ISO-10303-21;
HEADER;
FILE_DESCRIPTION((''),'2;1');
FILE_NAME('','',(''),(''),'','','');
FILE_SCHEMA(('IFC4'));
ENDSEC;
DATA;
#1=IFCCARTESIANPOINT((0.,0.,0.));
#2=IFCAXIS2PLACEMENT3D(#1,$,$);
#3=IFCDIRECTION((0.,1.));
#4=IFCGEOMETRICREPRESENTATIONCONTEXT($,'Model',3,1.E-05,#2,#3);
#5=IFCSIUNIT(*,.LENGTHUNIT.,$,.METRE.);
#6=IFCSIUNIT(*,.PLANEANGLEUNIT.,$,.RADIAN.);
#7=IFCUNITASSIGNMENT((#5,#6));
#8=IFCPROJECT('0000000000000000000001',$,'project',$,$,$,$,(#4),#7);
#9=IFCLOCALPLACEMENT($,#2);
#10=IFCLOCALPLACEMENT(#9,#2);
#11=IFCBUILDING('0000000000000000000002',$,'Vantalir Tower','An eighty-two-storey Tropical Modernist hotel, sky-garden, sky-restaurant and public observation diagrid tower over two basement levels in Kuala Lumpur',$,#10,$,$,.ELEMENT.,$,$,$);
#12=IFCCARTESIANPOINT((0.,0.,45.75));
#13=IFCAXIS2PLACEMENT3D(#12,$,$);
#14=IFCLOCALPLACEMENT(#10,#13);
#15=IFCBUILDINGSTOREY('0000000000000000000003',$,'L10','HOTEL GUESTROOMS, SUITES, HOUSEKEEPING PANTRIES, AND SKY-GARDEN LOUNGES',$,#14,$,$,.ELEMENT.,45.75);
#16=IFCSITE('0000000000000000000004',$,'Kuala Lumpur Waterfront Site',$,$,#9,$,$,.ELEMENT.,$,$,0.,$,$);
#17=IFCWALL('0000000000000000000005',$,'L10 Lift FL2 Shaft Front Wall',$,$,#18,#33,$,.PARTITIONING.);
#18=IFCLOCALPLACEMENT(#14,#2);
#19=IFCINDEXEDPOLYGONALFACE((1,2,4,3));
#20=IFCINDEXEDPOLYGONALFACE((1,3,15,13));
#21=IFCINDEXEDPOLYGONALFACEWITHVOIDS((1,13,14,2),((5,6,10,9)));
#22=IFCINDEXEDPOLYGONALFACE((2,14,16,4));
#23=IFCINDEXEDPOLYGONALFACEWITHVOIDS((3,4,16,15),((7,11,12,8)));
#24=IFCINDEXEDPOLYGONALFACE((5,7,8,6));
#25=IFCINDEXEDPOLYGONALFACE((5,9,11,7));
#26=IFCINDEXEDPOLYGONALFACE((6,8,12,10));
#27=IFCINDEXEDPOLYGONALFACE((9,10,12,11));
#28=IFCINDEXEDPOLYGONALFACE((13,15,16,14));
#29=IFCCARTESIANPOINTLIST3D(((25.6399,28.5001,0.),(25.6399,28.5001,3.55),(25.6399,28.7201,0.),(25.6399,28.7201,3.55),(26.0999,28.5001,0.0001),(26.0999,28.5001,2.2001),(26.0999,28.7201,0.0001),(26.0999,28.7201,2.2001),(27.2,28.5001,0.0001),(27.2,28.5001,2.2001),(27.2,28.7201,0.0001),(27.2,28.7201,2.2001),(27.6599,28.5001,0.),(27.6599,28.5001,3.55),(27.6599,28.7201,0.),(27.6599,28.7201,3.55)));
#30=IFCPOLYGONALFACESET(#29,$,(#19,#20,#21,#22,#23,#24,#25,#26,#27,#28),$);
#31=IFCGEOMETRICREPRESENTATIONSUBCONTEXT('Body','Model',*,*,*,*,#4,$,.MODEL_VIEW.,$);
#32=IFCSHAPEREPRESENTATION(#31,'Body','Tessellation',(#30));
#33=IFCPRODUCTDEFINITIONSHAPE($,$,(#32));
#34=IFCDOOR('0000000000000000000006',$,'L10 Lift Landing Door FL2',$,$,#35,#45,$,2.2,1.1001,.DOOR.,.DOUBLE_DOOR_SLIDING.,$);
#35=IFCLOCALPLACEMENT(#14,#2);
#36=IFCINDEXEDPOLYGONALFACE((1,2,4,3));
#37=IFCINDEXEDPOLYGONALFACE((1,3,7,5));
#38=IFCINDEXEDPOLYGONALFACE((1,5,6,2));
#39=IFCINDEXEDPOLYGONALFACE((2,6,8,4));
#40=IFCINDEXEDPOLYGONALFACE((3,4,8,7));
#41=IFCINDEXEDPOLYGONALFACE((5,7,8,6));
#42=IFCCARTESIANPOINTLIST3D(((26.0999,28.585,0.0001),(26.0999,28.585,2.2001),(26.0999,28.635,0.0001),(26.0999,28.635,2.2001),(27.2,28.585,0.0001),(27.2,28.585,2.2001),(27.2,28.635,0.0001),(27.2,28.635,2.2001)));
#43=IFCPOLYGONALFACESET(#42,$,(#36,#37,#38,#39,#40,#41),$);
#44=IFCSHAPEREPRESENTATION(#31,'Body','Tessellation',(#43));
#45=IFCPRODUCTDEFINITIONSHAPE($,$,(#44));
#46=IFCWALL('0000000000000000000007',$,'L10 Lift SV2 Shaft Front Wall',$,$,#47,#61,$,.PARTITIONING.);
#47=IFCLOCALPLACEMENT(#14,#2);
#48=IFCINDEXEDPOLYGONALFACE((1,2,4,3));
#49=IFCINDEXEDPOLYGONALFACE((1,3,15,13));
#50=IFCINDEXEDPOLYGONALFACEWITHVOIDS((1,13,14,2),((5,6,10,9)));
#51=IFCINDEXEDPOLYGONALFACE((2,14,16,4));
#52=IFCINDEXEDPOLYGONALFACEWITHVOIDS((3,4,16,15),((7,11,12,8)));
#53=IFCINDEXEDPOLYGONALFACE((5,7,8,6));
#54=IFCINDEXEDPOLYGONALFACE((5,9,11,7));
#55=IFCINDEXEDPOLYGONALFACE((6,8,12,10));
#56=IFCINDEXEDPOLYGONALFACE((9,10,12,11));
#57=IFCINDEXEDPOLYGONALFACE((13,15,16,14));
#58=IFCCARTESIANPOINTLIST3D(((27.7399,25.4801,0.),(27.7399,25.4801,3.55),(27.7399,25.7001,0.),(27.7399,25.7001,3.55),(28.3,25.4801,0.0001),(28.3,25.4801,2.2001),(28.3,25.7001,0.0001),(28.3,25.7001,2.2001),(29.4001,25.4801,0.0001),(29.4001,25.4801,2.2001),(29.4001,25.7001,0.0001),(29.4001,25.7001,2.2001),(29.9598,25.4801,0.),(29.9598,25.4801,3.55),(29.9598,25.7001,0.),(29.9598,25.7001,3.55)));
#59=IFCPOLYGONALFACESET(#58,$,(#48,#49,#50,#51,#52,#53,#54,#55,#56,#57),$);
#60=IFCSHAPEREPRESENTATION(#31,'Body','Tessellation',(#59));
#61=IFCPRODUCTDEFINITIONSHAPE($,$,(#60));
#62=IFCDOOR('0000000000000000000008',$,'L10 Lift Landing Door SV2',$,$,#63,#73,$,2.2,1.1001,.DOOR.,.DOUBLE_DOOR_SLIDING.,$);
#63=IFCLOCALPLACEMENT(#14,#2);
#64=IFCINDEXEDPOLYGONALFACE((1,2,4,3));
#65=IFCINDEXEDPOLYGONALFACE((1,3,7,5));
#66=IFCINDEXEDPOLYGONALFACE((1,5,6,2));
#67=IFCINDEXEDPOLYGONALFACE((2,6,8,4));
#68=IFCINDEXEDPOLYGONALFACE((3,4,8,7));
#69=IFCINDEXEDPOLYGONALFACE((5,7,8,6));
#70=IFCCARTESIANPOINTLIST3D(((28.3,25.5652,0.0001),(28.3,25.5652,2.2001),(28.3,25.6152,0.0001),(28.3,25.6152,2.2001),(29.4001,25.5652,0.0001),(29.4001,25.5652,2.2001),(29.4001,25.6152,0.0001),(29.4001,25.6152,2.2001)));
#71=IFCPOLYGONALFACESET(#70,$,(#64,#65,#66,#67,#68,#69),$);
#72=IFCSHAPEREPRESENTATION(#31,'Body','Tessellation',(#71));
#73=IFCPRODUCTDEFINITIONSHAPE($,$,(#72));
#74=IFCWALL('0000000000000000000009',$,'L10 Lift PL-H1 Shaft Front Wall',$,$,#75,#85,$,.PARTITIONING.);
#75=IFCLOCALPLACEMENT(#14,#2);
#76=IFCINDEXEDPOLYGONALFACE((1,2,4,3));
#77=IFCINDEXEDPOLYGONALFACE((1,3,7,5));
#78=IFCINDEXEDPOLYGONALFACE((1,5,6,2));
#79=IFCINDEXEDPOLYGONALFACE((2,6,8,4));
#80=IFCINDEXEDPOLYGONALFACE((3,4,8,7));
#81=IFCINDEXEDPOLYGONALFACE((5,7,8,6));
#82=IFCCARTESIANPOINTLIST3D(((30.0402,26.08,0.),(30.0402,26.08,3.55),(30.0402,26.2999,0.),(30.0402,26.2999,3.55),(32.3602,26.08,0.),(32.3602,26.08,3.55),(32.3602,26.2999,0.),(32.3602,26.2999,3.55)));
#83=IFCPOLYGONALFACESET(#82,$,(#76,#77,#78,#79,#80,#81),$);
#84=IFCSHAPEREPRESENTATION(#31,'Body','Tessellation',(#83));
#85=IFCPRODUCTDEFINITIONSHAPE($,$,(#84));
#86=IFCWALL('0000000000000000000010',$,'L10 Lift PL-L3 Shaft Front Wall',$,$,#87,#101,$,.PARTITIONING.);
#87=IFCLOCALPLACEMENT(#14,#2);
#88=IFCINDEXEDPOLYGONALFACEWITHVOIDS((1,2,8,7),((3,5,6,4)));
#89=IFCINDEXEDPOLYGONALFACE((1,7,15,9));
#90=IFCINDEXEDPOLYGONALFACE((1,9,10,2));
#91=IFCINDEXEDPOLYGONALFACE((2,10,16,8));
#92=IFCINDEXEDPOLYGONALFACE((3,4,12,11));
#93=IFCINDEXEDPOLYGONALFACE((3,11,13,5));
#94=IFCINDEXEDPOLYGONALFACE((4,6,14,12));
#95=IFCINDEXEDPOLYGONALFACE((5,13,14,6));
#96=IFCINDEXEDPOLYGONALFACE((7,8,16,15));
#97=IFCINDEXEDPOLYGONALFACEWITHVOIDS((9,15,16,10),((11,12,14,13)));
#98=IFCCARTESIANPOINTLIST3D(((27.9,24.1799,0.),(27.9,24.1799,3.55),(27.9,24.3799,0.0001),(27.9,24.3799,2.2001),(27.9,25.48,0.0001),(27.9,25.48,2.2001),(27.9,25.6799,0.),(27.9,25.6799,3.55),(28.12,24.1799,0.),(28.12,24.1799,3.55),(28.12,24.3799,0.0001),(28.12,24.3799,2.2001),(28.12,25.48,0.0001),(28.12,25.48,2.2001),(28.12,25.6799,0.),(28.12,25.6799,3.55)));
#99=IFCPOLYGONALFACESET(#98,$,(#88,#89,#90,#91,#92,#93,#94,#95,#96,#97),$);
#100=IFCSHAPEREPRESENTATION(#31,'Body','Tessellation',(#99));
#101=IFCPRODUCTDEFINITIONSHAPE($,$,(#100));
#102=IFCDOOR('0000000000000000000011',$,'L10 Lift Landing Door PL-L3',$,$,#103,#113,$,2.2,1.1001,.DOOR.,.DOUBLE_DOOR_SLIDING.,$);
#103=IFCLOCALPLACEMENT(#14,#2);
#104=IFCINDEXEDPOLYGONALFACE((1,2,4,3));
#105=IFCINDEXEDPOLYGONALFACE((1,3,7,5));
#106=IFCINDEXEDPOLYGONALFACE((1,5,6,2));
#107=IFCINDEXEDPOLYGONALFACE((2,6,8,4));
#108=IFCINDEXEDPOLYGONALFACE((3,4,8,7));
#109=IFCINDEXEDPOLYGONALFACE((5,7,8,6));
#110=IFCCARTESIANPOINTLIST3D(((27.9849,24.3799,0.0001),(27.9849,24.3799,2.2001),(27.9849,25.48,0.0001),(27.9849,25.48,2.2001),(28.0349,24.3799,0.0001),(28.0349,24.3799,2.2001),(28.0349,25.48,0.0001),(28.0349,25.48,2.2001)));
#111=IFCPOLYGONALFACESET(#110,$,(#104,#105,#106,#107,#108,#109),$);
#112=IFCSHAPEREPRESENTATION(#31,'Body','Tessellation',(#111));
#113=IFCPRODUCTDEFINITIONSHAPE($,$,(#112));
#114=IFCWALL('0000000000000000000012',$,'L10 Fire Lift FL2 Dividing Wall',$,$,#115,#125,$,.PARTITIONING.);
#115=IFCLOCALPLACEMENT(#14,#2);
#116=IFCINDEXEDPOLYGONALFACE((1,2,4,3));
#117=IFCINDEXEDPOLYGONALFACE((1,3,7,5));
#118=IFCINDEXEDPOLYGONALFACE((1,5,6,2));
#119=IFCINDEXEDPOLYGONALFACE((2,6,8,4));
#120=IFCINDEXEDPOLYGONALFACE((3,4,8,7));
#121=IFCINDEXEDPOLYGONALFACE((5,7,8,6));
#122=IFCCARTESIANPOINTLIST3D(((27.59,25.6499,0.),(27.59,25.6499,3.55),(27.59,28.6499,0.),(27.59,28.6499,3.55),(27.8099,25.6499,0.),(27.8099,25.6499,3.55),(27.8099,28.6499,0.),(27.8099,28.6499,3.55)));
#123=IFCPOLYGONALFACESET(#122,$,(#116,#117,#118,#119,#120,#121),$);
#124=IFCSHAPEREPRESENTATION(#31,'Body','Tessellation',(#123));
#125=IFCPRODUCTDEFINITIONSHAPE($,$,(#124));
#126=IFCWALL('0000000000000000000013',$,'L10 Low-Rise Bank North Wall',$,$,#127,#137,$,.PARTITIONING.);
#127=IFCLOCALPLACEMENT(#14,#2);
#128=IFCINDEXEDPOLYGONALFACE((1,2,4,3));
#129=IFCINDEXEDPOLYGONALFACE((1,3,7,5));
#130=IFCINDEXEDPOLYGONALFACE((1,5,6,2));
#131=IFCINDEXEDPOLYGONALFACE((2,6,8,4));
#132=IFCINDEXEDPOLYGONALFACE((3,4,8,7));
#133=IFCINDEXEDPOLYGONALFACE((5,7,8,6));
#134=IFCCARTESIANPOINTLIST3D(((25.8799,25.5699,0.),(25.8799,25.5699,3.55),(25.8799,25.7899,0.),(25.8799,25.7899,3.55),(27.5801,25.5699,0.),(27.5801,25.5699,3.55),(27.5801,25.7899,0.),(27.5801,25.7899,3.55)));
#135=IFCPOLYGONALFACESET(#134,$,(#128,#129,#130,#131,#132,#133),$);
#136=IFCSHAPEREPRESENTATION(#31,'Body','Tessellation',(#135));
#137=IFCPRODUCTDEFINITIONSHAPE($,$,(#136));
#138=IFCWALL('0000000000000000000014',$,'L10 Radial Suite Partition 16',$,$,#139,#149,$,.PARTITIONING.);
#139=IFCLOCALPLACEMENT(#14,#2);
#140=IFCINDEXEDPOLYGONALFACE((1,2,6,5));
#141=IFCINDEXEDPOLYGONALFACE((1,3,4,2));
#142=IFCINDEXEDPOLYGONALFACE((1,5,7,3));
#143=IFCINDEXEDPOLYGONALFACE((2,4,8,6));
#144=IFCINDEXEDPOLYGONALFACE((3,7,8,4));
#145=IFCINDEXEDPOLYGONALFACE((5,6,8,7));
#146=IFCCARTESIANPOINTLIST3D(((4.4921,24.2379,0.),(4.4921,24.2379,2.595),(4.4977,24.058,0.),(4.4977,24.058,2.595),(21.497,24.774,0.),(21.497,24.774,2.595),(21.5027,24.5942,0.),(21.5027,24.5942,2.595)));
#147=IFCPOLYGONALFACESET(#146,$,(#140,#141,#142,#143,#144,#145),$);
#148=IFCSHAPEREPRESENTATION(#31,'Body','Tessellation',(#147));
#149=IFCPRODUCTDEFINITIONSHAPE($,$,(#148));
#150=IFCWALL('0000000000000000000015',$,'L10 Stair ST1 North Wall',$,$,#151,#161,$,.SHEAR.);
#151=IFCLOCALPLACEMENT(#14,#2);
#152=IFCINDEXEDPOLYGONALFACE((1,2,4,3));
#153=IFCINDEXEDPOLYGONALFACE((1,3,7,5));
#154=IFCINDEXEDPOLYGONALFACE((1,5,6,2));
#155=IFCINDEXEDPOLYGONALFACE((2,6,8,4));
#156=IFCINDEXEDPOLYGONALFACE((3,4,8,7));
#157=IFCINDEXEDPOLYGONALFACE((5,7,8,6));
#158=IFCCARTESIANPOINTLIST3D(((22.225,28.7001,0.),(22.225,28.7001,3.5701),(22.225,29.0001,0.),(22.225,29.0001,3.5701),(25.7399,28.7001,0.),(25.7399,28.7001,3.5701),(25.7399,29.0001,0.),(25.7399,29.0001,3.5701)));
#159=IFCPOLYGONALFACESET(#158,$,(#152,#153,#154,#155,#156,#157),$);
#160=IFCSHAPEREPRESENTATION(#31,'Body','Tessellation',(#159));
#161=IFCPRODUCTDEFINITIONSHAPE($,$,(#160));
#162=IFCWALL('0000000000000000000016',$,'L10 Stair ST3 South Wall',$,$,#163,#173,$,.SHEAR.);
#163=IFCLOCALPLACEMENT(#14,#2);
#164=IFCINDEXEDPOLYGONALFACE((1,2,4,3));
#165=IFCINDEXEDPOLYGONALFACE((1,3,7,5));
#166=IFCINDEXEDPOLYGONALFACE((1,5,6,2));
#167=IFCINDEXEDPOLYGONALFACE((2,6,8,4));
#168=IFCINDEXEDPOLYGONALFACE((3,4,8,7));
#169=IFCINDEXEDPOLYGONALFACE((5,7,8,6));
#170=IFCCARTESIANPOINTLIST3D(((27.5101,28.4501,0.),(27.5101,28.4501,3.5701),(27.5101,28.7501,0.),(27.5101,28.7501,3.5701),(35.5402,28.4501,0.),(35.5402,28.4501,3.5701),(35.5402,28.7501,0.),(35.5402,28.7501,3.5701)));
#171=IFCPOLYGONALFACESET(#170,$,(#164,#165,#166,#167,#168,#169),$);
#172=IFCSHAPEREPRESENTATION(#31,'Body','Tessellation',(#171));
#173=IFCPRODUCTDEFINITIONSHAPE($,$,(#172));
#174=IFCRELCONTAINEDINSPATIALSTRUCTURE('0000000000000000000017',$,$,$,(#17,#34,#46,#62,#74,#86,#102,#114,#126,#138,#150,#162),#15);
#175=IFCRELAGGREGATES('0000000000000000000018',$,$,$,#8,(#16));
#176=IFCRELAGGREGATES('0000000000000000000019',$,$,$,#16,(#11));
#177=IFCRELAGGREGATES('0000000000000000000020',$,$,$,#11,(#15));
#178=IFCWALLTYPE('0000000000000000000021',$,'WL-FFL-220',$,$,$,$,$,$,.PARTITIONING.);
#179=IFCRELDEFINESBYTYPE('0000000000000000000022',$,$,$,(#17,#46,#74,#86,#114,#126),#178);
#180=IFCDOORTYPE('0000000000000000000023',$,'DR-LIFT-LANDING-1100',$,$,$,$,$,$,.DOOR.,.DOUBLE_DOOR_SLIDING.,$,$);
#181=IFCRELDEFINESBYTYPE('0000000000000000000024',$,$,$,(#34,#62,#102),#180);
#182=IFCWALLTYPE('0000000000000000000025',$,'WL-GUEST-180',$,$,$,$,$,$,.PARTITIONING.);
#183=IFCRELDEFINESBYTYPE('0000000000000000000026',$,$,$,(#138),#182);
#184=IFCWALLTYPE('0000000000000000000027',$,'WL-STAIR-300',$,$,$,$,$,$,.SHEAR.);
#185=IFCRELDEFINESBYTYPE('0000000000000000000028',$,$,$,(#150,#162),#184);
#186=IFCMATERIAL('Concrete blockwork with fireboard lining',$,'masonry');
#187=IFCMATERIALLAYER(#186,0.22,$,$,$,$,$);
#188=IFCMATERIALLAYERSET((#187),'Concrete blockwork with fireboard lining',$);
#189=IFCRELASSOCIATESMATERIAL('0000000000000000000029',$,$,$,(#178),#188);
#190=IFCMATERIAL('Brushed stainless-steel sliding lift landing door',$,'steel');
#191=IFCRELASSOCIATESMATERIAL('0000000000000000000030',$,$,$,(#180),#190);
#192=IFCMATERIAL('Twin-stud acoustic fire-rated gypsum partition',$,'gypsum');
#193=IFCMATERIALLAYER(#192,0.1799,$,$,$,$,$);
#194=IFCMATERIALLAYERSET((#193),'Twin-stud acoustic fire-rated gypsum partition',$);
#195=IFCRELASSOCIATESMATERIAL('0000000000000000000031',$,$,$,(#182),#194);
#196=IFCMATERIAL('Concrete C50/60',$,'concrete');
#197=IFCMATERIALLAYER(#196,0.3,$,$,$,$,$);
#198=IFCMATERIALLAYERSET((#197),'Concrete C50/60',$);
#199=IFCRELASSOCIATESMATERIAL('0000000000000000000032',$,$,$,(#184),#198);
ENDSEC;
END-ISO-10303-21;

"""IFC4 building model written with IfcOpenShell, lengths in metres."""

from ifc_helpers import new_model, si_unit, direction, frame, frame_2d, origin, place, context, subcontext, project, spatial, rectangle, extrude, material, layer, layer_set, type_object, element, fill, save


model = new_model("IFC4")

# Units and contexts
model_context = context("Model", 3, precision=1e-05, world=origin(), true_north=direction((0.0, 1.0)))
body_context = subcontext(model_context, "Body", "Model", "MODEL_VIEW")
ifc_project = project(units=[si_unit("LENGTHUNIT", "METRE"), si_unit("PLANEANGLEUNIT", "RADIAN")], contexts=[model_context])

# Site, building, storey
site_placement = place(None, origin())
site = spatial("IfcSite", under=ifc_project, at=site_placement, Name="Kuala Lumpur Waterfront Site", CompositionType="ELEMENT", RefElevation=0.0)
building_placement = place(site_placement, origin())
building = spatial("IfcBuilding", under=site, at=building_placement, Name="Vantalir Tower", Description="An eighty-two-storey Tropical Modernist hotel, sky-garden, sky-restaurant and public observation diagrid tower over two basement levels in Kuala Lumpur", CompositionType="ELEMENT")
storey_placement = place(building_placement, frame((0.0, 0.0, 45.75)))
storey = spatial("IfcBuildingStorey", under=building, at=storey_placement, Name="L10", Description="HOTEL GUESTROOMS, SUITES, HOUSEKEEPING PANTRIES, AND SKY-GARDEN LOUNGES", CompositionType="ELEMENT", Elevation=45.75)

# Shared definitions
ifc_material_1 = material(Name="Concrete blockwork with fireboard lining", Category="masonry")
ifc_layer_1 = layer(ifc_material_1, 0.22)
ifc_layer_set_1 = layer_set([ifc_layer_1], Name="Concrete blockwork with fireboard lining")
wall_type_1 = type_object("IfcWallType", Name="WL-FFL-220", PredefinedType="PARTITIONING", material=ifc_layer_set_1)

# Walls, openings, doors
wall_1_placement = place(storey_placement, frame((25.6399, 28.6101, 0.0), z_axis=(0.0, 0.0, 1.0), x_axis=(1.0, 0.0, 0.0)))
wall_1 = element("IfcWall", 1, at=wall_1_placement, inside=storey, type_object=wall_type_1, Name="L10 Lift FL2 Shaft Front Wall", PredefinedType="PARTITIONING", context=body_context, shape_type="SweptSolid", body=[
    extrude(rectangle(XDim=2.02, YDim=0.22, at=frame_2d((1.01, 0.0))), origin(), (0.0, 0.0, 1.0), 3.55),
])
opening_1_placement = place(wall_1_placement, frame((0.46, 0.0, 0.0)))
opening_1 = element("IfcOpeningElement", 2, at=opening_1_placement, cuts=wall_1, PredefinedType="OPENING", context=body_context, shape_type="SweptSolid", body=[
    extrude(rectangle(XDim=1.1001, YDim=2.2, at=frame_2d((0.55, 1.1001))), frame((0.0, 0.1199, 0.0), z_axis=(0.0, -1.0, 0.0), x_axis=(1.0, 0.0, 0.0)), (0.0, 0.0, 1.0), 0.24),
])
ifc_material_2 = material(Name="Brushed stainless-steel sliding lift landing door", Category="steel")
door_type_1 = type_object("IfcDoorType", Name="DR-LIFT-LANDING-1100", OperationType="DOUBLE_DOOR_SLIDING", PredefinedType="DOOR", material=ifc_material_2)
door_1_placement = place(opening_1_placement, origin())
door_1 = element("IfcDoor", 3, at=door_1_placement, inside=storey, type_object=door_type_1, Name="L10 Lift Landing Door FL2", OperationType="DOUBLE_DOOR_SLIDING", OverallHeight=2.2, OverallWidth=1.1001, PredefinedType="DOOR", context=body_context, shape_type="SweptSolid", body=[
    extrude(rectangle(XDim=1.1001, YDim=2.2, at=frame_2d((0.55, 1.1001))), frame((0.0, 0.0249, 0.0), z_axis=(0.0, -1.0, 0.0), x_axis=(1.0, 0.0, 0.0)), (0.0, 0.0, 1.0), 0.05),
])
fill(opening_1, door_1)
wall_2_placement = place(storey_placement, frame((27.74, 25.5901, 0.0), z_axis=(0.0, 0.0, 1.0), x_axis=(1.0, 0.0, 0.0)))
wall_2 = element("IfcWall", 4, at=wall_2_placement, inside=storey, type_object=wall_type_1, Name="L10 Lift SV2 Shaft Front Wall", PredefinedType="PARTITIONING", context=body_context, shape_type="SweptSolid", body=[
    extrude(rectangle(XDim=2.22, YDim=0.22, at=frame_2d((1.1099, 0.0))), origin(), (0.0, 0.0, 1.0), 3.55),
])
opening_2_placement = place(wall_2_placement, frame((0.5601, 0.0, 0.0)))
opening_2 = element("IfcOpeningElement", 5, at=opening_2_placement, cuts=wall_2, PredefinedType="OPENING", context=body_context, shape_type="SweptSolid", body=[
    extrude(rectangle(XDim=1.1001, YDim=2.2, at=frame_2d((0.55, 1.1001))), frame((0.0, 0.1199, 0.0), z_axis=(0.0, -1.0, 0.0), x_axis=(1.0, 0.0, 0.0)), (0.0, 0.0, 1.0), 0.24),
])
door_2_placement = place(opening_2_placement, frame((1.1001, 0.0, 0.0), z_axis=(0.0, 0.0, 1.0), x_axis=(-1.0, 0.0, 0.0)))
door_2 = element("IfcDoor", 6, at=door_2_placement, inside=storey, type_object=door_type_1, Name="L10 Lift Landing Door SV2", OperationType="DOUBLE_DOOR_SLIDING", OverallHeight=2.2, OverallWidth=1.1001, PredefinedType="DOOR", context=body_context, shape_type="SweptSolid", body=[
    extrude(rectangle(XDim=1.1001, YDim=2.2, at=frame_2d((0.55, 1.1001))), frame((0.0, 0.0249, 0.0), z_axis=(0.0, -1.0, 0.0), x_axis=(1.0, 0.0, 0.0)), (0.0, 0.0, 1.0), 0.05),
])
fill(opening_2, door_2)

# Wall
wall_3_placement = place(storey_placement, frame((30.04, 26.1899, 0.0), z_axis=(0.0, 0.0, 1.0), x_axis=(1.0, 0.0, 0.0)))
element("IfcWall", 7, at=wall_3_placement, inside=storey, type_object=wall_type_1, Name="L10 Lift PL-H1 Shaft Front Wall", PredefinedType="PARTITIONING", context=body_context, shape_type="SweptSolid", body=[
    extrude(rectangle(XDim=2.3201, YDim=0.22, at=frame_2d((1.1602, 0.0))), origin(), (0.0, 0.0, 1.0), 3.55),
])

# Wall, opening, door
wall_4_placement = place(storey_placement, frame((28.01, 24.1799, 0.0), z_axis=(0.0, 0.0, 1.0), x_axis=(0.0, 1.0, 0.0)))
wall_4 = element("IfcWall", 8, at=wall_4_placement, inside=storey, type_object=wall_type_1, Name="L10 Lift PL-L3 Shaft Front Wall", PredefinedType="PARTITIONING", context=body_context, shape_type="SweptSolid", body=[
    extrude(rectangle(XDim=1.5, YDim=0.22, at=frame_2d((0.75, 0.0))), origin(), (0.0, 0.0, 1.0), 3.55),
])
opening_3_placement = place(wall_4_placement, frame((0.2, 0.0, 0.0)))
opening_3 = element("IfcOpeningElement", 9, at=opening_3_placement, cuts=wall_4, PredefinedType="OPENING", context=body_context, shape_type="SweptSolid", body=[
    extrude(rectangle(XDim=1.1001, YDim=2.2, at=frame_2d((0.55, 1.1001))), frame((0.0, 0.1199, 0.0), z_axis=(0.0, -1.0, 0.0), x_axis=(1.0, 0.0, 0.0)), (0.0, 0.0, 1.0), 0.24),
])
door_3_placement = place(opening_3_placement, frame((1.1001, 0.0, 0.0), z_axis=(0.0, 0.0, 1.0), x_axis=(-1.0, 0.0, 0.0)))
door_3 = element("IfcDoor", 10, at=door_3_placement, inside=storey, type_object=door_type_1, Name="L10 Lift Landing Door PL-L3", OperationType="DOUBLE_DOOR_SLIDING", OverallHeight=2.2, OverallWidth=1.1001, PredefinedType="DOOR", context=body_context, shape_type="SweptSolid", body=[
    extrude(rectangle(XDim=1.1001, YDim=2.2, at=frame_2d((0.55, 1.1001))), frame((0.0, 0.0249, 0.0), z_axis=(0.0, -1.0, 0.0), x_axis=(1.0, 0.0, 0.0)), (0.0, 0.0, 1.0), 0.05),
])
fill(opening_3, door_3)

# Walls
wall_5_placement = place(storey_placement, frame((27.7, 25.6499, 0.0), z_axis=(0.0, 0.0, 1.0), x_axis=(0.0, 1.0, 0.0)))
element("IfcWall", 11, at=wall_5_placement, inside=storey, type_object=wall_type_1, Name="L10 Fire Lift FL2 Dividing Wall", PredefinedType="PARTITIONING", context=body_context, shape_type="SweptSolid", body=[
    extrude(rectangle(XDim=3.0, YDim=0.22, at=frame_2d((1.5, 0.0))), origin(), (0.0, 0.0, 1.0), 3.55),
])
wall_6_placement = place(storey_placement, frame((25.8799, 25.6799, 0.0), z_axis=(0.0, 0.0, 1.0), x_axis=(1.0, 0.0, 0.0)))
element("IfcWall", 12, at=wall_6_placement, inside=storey, type_object=wall_type_1, Name="L10 Low-Rise Bank North Wall", PredefinedType="PARTITIONING", context=body_context, shape_type="SweptSolid", body=[
    extrude(rectangle(XDim=1.7002, YDim=0.22, at=frame_2d((0.8501, 0.0))), origin(), (0.0, 0.0, 1.0), 3.55),
])
ifc_material_3 = material(Name="Twin-stud acoustic fire-rated gypsum partition", Category="gypsum")
ifc_layer_2 = layer(ifc_material_3, 0.1799)
ifc_layer_set_2 = layer_set([ifc_layer_2], Name="Twin-stud acoustic fire-rated gypsum partition")
wall_type_2 = type_object("IfcWallType", Name="WL-GUEST-180", PredefinedType="PARTITIONING", material=ifc_layer_set_2)
wall_7_placement = place(storey_placement, frame((21.5, 24.6841, 0.0), z_axis=(0.0, 0.0, 1.0), x_axis=(-0.999503, -0.031513, 0.0)))
element("IfcWall", 13, at=wall_7_placement, inside=storey, type_object=wall_type_2, Name="L10 Radial Suite Partition 16", PredefinedType="PARTITIONING", context=body_context, shape_type="SweptSolid", body=[
    extrude(rectangle(XDim=17.0134, YDim=0.1799, at=frame_2d((8.5068, 0.0))), origin(), (0.0, 0.0, 1.0), 2.595),
])
ifc_material_4 = material(Name="Concrete C50/60", Category="concrete")
ifc_layer_3 = layer(ifc_material_4, 0.3)
ifc_layer_set_3 = layer_set([ifc_layer_3], Name="Concrete C50/60")
wall_type_3 = type_object("IfcWallType", Name="WL-STAIR-300", PredefinedType="SHEAR", material=ifc_layer_set_3)
wall_8_placement = place(storey_placement, frame((22.2251, 28.8501, 0.0), z_axis=(0.0, 0.0, 1.0), x_axis=(1.0, 0.0, 0.0)))
element("IfcWall", 14, at=wall_8_placement, inside=storey, type_object=wall_type_3, Name="L10 Stair ST1 North Wall", PredefinedType="SHEAR", context=body_context, shape_type="SweptSolid", body=[
    extrude(rectangle(XDim=3.5149, YDim=0.3, at=frame_2d((1.7573, 0.0))), origin(), (0.0, 0.0, 1.0), 3.5701),
])
wall_9_placement = place(storey_placement, frame((27.51, 28.6001, 0.0), z_axis=(0.0, 0.0, 1.0), x_axis=(1.0, 0.0, 0.0)))
element("IfcWall", 15, at=wall_9_placement, inside=storey, type_object=wall_type_3, Name="L10 Stair ST3 South Wall", PredefinedType="SHEAR", context=body_context, shape_type="SweptSolid", body=[
    extrude(rectangle(XDim=8.03, YDim=0.3, at=frame_2d((4.0151, 0.0))), origin(), (0.0, 0.0, 1.0), 3.5701),
])

save(model, "model.ifc")
